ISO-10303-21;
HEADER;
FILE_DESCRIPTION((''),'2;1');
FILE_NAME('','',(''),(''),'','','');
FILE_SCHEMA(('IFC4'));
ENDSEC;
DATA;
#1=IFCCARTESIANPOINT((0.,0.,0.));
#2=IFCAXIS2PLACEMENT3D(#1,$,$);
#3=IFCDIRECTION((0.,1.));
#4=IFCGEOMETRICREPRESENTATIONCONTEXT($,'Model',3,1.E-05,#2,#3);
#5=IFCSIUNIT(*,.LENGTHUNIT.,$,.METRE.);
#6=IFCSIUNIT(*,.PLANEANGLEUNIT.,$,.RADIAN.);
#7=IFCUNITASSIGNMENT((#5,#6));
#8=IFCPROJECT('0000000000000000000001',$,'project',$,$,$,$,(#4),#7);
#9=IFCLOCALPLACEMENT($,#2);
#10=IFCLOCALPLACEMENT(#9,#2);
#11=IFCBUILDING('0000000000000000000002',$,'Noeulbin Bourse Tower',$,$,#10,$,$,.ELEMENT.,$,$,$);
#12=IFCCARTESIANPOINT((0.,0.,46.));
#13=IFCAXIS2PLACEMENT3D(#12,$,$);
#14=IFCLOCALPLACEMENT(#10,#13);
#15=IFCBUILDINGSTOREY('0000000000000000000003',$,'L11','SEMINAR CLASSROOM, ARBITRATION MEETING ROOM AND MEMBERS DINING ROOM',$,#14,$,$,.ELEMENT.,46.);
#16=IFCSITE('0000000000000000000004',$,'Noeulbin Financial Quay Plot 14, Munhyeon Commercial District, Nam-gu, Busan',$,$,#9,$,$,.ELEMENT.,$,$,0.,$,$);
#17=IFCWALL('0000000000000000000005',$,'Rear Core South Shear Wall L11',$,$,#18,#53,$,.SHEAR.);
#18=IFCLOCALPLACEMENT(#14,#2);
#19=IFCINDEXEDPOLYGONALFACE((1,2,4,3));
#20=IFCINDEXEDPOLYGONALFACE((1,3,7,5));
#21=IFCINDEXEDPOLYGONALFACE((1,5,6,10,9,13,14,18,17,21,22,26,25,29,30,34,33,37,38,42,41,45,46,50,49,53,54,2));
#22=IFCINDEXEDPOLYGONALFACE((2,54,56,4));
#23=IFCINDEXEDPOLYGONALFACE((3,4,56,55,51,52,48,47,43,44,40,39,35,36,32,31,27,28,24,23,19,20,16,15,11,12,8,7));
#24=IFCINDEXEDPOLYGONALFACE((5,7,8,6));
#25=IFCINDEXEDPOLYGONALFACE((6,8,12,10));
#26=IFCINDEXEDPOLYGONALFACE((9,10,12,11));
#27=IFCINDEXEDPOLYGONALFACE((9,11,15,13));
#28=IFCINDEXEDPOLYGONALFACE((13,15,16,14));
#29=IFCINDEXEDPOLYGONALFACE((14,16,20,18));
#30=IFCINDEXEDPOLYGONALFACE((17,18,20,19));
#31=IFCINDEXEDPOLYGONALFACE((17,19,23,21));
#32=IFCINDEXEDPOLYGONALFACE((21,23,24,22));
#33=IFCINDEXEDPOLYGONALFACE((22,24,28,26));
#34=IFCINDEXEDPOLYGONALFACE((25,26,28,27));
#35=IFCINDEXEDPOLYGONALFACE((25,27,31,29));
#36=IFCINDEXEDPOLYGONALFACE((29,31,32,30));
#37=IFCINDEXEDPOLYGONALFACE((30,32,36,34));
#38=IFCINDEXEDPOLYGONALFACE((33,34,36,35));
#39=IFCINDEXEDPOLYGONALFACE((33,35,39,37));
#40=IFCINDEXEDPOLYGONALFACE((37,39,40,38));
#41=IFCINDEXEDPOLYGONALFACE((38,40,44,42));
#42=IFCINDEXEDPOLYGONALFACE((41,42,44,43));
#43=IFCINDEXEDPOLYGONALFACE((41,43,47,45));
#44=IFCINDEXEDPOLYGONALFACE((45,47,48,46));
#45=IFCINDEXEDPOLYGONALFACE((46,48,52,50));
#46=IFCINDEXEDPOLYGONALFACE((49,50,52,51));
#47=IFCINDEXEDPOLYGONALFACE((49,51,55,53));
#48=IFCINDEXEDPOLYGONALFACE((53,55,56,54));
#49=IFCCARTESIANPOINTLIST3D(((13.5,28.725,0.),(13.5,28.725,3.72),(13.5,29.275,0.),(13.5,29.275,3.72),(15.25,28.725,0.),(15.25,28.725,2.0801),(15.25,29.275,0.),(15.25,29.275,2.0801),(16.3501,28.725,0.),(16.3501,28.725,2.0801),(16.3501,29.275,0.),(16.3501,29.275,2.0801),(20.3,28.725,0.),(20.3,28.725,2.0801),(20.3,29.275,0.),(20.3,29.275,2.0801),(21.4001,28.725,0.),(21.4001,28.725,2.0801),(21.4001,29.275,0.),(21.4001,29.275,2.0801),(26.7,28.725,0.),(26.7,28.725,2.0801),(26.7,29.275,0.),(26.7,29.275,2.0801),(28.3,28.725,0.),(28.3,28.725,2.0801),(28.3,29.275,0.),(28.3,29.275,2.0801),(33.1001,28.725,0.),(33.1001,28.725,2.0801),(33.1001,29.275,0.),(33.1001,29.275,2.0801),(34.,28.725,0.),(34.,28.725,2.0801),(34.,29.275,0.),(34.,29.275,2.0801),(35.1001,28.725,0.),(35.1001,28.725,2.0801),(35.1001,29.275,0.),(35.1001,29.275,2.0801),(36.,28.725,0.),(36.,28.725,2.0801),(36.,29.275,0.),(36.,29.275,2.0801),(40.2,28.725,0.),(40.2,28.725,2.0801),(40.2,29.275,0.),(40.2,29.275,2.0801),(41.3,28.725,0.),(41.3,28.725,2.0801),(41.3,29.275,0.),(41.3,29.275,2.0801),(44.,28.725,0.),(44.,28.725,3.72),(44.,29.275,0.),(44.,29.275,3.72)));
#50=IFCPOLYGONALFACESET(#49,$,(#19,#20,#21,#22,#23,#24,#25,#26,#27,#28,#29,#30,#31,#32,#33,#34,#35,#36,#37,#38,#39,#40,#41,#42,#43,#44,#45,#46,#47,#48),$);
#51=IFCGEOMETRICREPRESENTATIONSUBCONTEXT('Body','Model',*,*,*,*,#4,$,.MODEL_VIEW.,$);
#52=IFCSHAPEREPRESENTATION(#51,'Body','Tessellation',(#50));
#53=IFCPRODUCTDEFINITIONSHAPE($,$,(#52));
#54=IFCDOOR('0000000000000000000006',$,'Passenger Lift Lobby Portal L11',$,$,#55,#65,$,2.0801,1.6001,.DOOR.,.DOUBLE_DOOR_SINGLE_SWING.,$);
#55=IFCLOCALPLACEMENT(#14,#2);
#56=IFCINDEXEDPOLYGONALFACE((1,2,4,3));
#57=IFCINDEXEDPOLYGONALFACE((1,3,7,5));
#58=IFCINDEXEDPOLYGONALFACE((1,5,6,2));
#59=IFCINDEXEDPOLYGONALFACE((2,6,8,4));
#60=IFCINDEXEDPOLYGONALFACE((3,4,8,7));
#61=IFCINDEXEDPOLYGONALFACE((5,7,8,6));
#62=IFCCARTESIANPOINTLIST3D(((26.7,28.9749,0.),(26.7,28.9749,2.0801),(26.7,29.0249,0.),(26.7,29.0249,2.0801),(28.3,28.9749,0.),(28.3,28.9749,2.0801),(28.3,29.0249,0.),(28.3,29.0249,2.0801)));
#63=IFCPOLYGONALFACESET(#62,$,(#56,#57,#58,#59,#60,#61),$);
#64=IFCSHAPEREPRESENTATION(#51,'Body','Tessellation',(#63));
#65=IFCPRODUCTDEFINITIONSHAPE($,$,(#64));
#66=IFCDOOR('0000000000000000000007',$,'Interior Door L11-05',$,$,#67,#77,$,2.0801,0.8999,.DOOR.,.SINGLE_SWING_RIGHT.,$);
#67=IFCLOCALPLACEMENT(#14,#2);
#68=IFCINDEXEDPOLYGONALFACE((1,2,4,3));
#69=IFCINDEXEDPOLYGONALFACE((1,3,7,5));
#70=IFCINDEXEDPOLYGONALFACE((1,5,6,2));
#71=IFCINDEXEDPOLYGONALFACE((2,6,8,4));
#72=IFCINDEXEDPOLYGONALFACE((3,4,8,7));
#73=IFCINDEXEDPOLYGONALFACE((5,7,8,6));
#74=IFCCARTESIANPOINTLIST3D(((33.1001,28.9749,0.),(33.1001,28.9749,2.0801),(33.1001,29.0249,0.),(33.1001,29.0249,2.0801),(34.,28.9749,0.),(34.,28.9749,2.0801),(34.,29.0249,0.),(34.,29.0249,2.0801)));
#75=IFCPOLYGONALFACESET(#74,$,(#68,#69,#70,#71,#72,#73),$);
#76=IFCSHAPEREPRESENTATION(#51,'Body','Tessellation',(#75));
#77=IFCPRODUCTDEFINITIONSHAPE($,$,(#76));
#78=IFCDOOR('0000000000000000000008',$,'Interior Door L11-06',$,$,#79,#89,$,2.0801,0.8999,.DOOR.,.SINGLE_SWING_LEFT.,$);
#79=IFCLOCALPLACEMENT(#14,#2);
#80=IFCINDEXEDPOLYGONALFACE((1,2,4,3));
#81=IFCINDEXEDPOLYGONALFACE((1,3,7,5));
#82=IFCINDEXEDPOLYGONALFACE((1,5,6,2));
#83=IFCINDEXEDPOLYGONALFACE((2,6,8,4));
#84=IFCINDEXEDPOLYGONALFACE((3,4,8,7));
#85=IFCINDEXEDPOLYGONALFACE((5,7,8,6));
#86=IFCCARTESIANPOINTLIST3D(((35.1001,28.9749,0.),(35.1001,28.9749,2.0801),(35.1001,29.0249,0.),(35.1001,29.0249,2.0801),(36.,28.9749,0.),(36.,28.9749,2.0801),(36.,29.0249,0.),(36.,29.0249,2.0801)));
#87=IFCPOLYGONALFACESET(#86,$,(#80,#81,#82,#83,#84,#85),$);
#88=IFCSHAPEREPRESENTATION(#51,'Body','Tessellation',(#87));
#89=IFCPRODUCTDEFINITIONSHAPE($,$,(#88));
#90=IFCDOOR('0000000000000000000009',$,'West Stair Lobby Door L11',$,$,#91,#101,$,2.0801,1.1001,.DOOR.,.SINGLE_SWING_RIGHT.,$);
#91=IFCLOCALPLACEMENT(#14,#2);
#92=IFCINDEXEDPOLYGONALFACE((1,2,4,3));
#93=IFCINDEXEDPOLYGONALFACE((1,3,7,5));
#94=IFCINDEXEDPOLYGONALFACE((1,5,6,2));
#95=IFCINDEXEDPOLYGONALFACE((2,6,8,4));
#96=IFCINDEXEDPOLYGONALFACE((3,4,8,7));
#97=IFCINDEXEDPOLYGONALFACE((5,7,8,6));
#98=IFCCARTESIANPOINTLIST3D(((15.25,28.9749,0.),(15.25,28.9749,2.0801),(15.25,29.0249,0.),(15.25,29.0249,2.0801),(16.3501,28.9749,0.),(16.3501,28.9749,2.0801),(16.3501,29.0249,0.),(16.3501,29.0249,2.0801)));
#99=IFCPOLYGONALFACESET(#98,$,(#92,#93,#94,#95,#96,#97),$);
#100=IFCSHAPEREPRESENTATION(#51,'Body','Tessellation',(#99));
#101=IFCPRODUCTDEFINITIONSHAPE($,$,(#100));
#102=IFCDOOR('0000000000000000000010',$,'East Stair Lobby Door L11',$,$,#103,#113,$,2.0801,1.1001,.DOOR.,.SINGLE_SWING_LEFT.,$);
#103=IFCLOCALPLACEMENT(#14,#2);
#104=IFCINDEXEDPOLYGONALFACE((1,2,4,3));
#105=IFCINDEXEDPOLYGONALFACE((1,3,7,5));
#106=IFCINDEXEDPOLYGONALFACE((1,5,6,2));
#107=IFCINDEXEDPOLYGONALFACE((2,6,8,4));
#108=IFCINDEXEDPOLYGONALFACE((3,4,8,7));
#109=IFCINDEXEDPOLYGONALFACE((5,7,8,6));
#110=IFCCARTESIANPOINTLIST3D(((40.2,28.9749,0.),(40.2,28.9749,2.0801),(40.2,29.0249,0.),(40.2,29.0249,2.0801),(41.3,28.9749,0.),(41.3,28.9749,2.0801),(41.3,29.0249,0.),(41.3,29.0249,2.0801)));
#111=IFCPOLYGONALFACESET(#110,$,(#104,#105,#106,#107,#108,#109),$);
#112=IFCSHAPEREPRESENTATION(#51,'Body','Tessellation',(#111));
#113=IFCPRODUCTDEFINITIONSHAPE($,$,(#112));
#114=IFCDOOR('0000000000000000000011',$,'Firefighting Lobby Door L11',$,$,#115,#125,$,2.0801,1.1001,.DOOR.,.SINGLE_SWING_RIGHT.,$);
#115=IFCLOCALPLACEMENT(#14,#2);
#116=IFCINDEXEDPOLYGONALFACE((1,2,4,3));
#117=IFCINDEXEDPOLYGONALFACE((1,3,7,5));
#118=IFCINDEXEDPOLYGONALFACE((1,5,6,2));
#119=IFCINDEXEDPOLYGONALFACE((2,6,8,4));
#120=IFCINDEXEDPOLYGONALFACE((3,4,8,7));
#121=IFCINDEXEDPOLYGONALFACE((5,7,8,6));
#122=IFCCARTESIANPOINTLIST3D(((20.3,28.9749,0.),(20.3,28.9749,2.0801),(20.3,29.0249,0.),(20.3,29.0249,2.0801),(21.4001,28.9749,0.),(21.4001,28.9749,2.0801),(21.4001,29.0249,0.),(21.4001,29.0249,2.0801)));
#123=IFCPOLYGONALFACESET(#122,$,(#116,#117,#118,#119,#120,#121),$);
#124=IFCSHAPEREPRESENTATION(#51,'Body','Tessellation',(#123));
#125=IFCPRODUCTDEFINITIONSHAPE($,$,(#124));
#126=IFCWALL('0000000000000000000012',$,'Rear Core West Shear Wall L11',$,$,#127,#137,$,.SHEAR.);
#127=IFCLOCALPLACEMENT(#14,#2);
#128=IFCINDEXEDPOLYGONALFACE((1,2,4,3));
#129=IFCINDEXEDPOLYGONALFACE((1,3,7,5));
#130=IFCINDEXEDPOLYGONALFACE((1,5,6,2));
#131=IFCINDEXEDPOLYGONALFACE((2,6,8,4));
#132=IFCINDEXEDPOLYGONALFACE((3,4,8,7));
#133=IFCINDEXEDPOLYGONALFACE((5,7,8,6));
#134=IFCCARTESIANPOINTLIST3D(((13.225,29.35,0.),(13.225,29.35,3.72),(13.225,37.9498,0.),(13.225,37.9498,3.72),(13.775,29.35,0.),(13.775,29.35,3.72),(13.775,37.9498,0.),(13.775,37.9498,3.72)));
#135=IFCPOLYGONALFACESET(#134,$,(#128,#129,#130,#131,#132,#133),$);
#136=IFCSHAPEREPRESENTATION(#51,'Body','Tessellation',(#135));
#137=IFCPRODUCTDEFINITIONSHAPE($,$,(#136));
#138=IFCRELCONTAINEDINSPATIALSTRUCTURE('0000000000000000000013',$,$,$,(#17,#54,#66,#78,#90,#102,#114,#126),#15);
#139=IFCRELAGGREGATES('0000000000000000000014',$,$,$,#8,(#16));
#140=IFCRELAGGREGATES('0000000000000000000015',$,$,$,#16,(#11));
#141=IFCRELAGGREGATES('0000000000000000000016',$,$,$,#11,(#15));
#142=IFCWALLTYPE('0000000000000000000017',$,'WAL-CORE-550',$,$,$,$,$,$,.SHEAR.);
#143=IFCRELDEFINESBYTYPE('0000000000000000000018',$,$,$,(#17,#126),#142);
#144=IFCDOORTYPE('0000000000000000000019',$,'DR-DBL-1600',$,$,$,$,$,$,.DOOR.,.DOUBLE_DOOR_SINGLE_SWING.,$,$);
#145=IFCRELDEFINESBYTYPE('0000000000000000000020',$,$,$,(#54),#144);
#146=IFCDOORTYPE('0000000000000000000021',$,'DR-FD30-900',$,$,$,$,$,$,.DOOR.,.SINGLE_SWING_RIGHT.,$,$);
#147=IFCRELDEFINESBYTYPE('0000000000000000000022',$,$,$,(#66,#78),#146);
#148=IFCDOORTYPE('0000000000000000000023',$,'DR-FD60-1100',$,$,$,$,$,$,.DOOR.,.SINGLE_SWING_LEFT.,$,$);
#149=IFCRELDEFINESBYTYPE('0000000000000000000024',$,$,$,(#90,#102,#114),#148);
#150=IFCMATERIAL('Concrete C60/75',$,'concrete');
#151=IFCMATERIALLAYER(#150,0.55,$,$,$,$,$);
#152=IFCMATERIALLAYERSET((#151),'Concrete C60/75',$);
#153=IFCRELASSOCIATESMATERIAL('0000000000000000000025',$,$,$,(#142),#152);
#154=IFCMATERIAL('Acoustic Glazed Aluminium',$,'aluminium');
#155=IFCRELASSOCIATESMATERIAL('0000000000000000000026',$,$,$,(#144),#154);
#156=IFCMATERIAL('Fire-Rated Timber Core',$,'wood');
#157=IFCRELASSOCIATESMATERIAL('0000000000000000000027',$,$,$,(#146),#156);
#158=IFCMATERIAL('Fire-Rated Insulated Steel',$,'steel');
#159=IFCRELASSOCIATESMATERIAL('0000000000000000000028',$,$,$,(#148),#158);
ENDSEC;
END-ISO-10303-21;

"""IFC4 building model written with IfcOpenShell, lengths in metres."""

from ifc_helpers import new_model, si_unit, direction, frame, frame_2d, origin, place, context, subcontext, project, spatial, rectangle, extrude, material, layer, layer_set, type_object, element, fill, save


model = new_model("IFC4")

# Units and contexts
model_context = context("Model", 3, precision=1e-05, world=origin(), true_north=direction((0.0, 1.0)))
body_context = subcontext(model_context, "Body", "Model", "MODEL_VIEW")
ifc_project = project(units=[si_unit("LENGTHUNIT", "METRE"), si_unit("PLANEANGLEUNIT", "RADIAN")], contexts=[model_context])

# Site, building, storey
site_placement = place(None, origin())
site = spatial("IfcSite", under=ifc_project, at=site_placement, Name="Noeulbin Financial Quay Plot 14, Munhyeon Commercial District, Nam-gu, Busan", CompositionType="ELEMENT", RefElevation=0.0)
building_placement = place(site_placement, origin())
building = spatial("IfcBuilding", under=site, at=building_placement, Name="Noeulbin Bourse Tower", CompositionType="ELEMENT")
storey_placement = place(building_placement, frame((0.0, 0.0, 46.0)))
storey = spatial("IfcBuildingStorey", under=building, at=storey_placement, Name="L11", Description="SEMINAR CLASSROOM, ARBITRATION MEETING ROOM AND MEMBERS DINING ROOM", CompositionType="ELEMENT", Elevation=46.0)

# Wall, openings, doors
ifc_material_1 = material(Name="Concrete C60/75", Category="concrete")
ifc_layer_1 = layer(ifc_material_1, 0.55)
ifc_layer_set_1 = layer_set([ifc_layer_1], Name="Concrete C60/75")
wall_type_1 = type_object("IfcWallType", Name="WAL-CORE-550", PredefinedType="SHEAR", material=ifc_layer_set_1)
wall_1_placement = place(storey_placement, frame((13.5, 29.0, 0.0), z_axis=(0.0, 0.0, 1.0), x_axis=(1.0, 0.0, 0.0)))
wall_1 = element("IfcWall", 1, at=wall_1_placement, inside=storey, type_object=wall_type_1, Name="Rear Core South Shear Wall L11", PredefinedType="SHEAR", context=body_context, shape_type="SweptSolid", body=[
    extrude(rectangle(XDim=30.5, YDim=0.55, at=frame_2d((15.25, 0.0))), origin(), (0.0, 0.0, 1.0), 3.72),
])
opening_1_placement = place(wall_1_placement, frame((1.75, 0.0, 0.0)))
opening_1 = element("IfcOpeningElement", 2, at=opening_1_placement, cuts=wall_1, PredefinedType="OPENING", context=body_context, shape_type="SweptSolid", body=[
    extrude(rectangle(XDim=1.1001, YDim=2.0801, at=frame_2d((0.55, 1.04))), frame((0.0, 0.2849, 0.0), z_axis=(0.0, -1.0, 0.0), x_axis=(1.0, 0.0, 0.0)), (0.0, 0.0, 1.0), 0.5701),
])
opening_2_placement = place(wall_1_placement, frame((26.7, 0.0, 0.0)))
opening_2 = element("IfcOpeningElement", 3, at=opening_2_placement, cuts=wall_1, PredefinedType="OPENING", context=body_context, shape_type="SweptSolid", body=[
    extrude(rectangle(XDim=1.1001, YDim=2.0801, at=frame_2d((0.55, 1.04))), frame((0.0, 0.2849, 0.0), z_axis=(0.0, -1.0, 0.0), x_axis=(1.0, 0.0, 0.0)), (0.0, 0.0, 1.0), 0.5701),
])
opening_3_placement = place(wall_1_placement, frame((6.8, 0.0, 0.0)))
opening_3 = element("IfcOpeningElement", 4, at=opening_3_placement, cuts=wall_1, PredefinedType="OPENING", context=body_context, shape_type="SweptSolid", body=[
    extrude(rectangle(XDim=1.1001, YDim=2.0801, at=frame_2d((0.55, 1.04))), frame((0.0, 0.2849, 0.0), z_axis=(0.0, -1.0, 0.0), x_axis=(1.0, 0.0, 0.0)), (0.0, 0.0, 1.0), 0.5701),
])
opening_4_placement = place(wall_1_placement, frame((13.2, 0.0, 0.0)))
opening_4 = element("IfcOpeningElement", 5, at=opening_4_placement, cuts=wall_1, PredefinedType="OPENING", context=body_context, shape_type="SweptSolid", body=[
    extrude(rectangle(XDim=1.6001, YDim=2.0801, at=frame_2d((0.8, 1.04))), frame((0.0, 0.2849, 0.0), z_axis=(0.0, -1.0, 0.0), x_axis=(1.0, 0.0, 0.0)), (0.0, 0.0, 1.0), 0.5701),
])
opening_5_placement = place(wall_1_placement, frame((19.6001, 0.0, 0.0)))
opening_5 = element("IfcOpeningElement", 6, at=opening_5_placement, cuts=wall_1, PredefinedType="OPENING", context=body_context, shape_type="SweptSolid", body=[
    extrude(rectangle(XDim=0.8999, YDim=2.0801, at=frame_2d((0.45, 1.04))), frame((0.0, 0.2849, 0.0), z_axis=(0.0, -1.0, 0.0), x_axis=(1.0, 0.0, 0.0)), (0.0, 0.0, 1.0), 0.5701),
])
opening_6_placement = place(wall_1_placement, frame((21.6001, 0.0, 0.0)))
opening_6 = element("IfcOpeningElement", 7, at=opening_6_placement, cuts=wall_1, PredefinedType="OPENING", context=body_context, shape_type="SweptSolid", body=[
    extrude(rectangle(XDim=0.8999, YDim=2.0801, at=frame_2d((0.45, 1.04))), frame((0.0, 0.2849, 0.0), z_axis=(0.0, -1.0, 0.0), x_axis=(1.0, 0.0, 0.0)), (0.0, 0.0, 1.0), 0.5701),
])
ifc_material_2 = material(Name="Acoustic Glazed Aluminium", Category="aluminium")
door_type_1 = type_object("IfcDoorType", Name="DR-DBL-1600", OperationType="DOUBLE_DOOR_SINGLE_SWING", PredefinedType="DOOR", material=ifc_material_2)
door_1_placement = place(opening_4_placement, origin())
door_1 = element("IfcDoor", 8, at=door_1_placement, inside=storey, type_object=door_type_1, Name="Passenger Lift Lobby Portal L11", OperationType="DOUBLE_DOOR_SINGLE_SWING", OverallHeight=2.0801, OverallWidth=1.6001, PredefinedType="DOOR", context=body_context, shape_type="SweptSolid", body=[
    extrude(rectangle(XDim=1.6001, YDim=2.0801, at=frame_2d((0.8, 1.04))), frame((0.0, 0.0249, 0.0), z_axis=(0.0, -1.0, 0.0), x_axis=(1.0, 0.0, 0.0)), (0.0, 0.0, 1.0), 0.05),
])
fill(opening_4, door_1)
ifc_material_3 = material(Name="Fire-Rated Timber Core", Category="wood")
door_type_2 = type_object("IfcDoorType", Name="DR-FD30-900", OperationType="SINGLE_SWING_RIGHT", PredefinedType="DOOR", material=ifc_material_3)
door_2_placement = place(opening_5_placement, origin())
door_2 = element("IfcDoor", 9, at=door_2_placement, inside=storey, type_object=door_type_2, Name="Interior Door L11-05", OperationType="SINGLE_SWING_RIGHT", OverallHeight=2.0801, OverallWidth=0.8999, PredefinedType="DOOR", context=body_context, shape_type="SweptSolid", body=[
    extrude(rectangle(XDim=0.8999, YDim=2.0801, at=frame_2d((0.45, 1.04))), frame((0.0, 0.0249, 0.0), z_axis=(0.0, -1.0, 0.0), x_axis=(1.0, 0.0, 0.0)), (0.0, 0.0, 1.0), 0.05),
])
fill(opening_5, door_2)
door_3_placement = place(opening_6_placement, origin())
door_3 = element("IfcDoor", 10, at=door_3_placement, inside=storey, type_object=door_type_2, Name="Interior Door L11-06", OperationType="SINGLE_SWING_LEFT", OverallHeight=2.0801, OverallWidth=0.8999, PredefinedType="DOOR", context=body_context, shape_type="SweptSolid", body=[
    extrude(rectangle(XDim=0.8999, YDim=2.0801, at=frame_2d((0.45, 1.04))), frame((0.0, 0.0249, 0.0), z_axis=(0.0, -1.0, 0.0), x_axis=(1.0, 0.0, 0.0)), (0.0, 0.0, 1.0), 0.05),
])
fill(opening_6, door_3)
ifc_material_4 = material(Name="Fire-Rated Insulated Steel", Category="steel")
door_type_3 = type_object("IfcDoorType", Name="DR-FD60-1100", OperationType="SINGLE_SWING_LEFT", PredefinedType="DOOR", material=ifc_material_4)
door_4_placement = place(opening_1_placement, origin())
door_4 = element("IfcDoor", 11, at=door_4_placement, inside=storey, type_object=door_type_3, Name="West Stair Lobby Door L11", OperationType="SINGLE_SWING_RIGHT", OverallHeight=2.0801, OverallWidth=1.1001, PredefinedType="DOOR", context=body_context, shape_type="SweptSolid", body=[
    extrude(rectangle(XDim=1.1001, YDim=2.0801, at=frame_2d((0.55, 1.04))), frame((0.0, 0.0249, 0.0), z_axis=(0.0, -1.0, 0.0), x_axis=(1.0, 0.0, 0.0)), (0.0, 0.0, 1.0), 0.05),
])
fill(opening_1, door_4)
door_5_placement = place(opening_2_placement, origin())
door_5 = element("IfcDoor", 12, at=door_5_placement, inside=storey, type_object=door_type_3, Name="East Stair Lobby Door L11", OperationType="SINGLE_SWING_LEFT", OverallHeight=2.0801, OverallWidth=1.1001, PredefinedType="DOOR", context=body_context, shape_type="SweptSolid", body=[
    extrude(rectangle(XDim=1.1001, YDim=2.0801, at=frame_2d((0.55, 1.04))), frame((0.0, 0.0249, 0.0), z_axis=(0.0, -1.0, 0.0), x_axis=(1.0, 0.0, 0.0)), (0.0, 0.0, 1.0), 0.05),
])
fill(opening_2, door_5)
door_6_placement = place(opening_3_placement, origin())
door_6 = element("IfcDoor", 13, at=door_6_placement, inside=storey, type_object=door_type_3, Name="Firefighting Lobby Door L11", OperationType="SINGLE_SWING_RIGHT", OverallHeight=2.0801, OverallWidth=1.1001, PredefinedType="DOOR", context=body_context, shape_type="SweptSolid", body=[
    extrude(rectangle(XDim=1.1001, YDim=2.0801, at=frame_2d((0.55, 1.04))), frame((0.0, 0.0249, 0.0), z_axis=(0.0, -1.0, 0.0), x_axis=(1.0, 0.0, 0.0)), (0.0, 0.0, 1.0), 0.05),
])
fill(opening_3, door_6)

# Wall
wall_2_placement = place(storey_placement, frame((13.5, 29.3501, 0.0), z_axis=(0.0, 0.0, 1.0), x_axis=(0.0, 1.0, 0.0)))
element("IfcWall", 14, at=wall_2_placement, inside=storey, type_object=wall_type_1, Name="Rear Core West Shear Wall L11", PredefinedType="SHEAR", context=body_context, shape_type="SweptSolid", body=[
    extrude(rectangle(XDim=8.5999, YDim=0.55, at=frame_2d((4.2998, 0.0))), origin(), (0.0, 0.0, 1.0), 3.72),
])

save(model, "model.ifc")
